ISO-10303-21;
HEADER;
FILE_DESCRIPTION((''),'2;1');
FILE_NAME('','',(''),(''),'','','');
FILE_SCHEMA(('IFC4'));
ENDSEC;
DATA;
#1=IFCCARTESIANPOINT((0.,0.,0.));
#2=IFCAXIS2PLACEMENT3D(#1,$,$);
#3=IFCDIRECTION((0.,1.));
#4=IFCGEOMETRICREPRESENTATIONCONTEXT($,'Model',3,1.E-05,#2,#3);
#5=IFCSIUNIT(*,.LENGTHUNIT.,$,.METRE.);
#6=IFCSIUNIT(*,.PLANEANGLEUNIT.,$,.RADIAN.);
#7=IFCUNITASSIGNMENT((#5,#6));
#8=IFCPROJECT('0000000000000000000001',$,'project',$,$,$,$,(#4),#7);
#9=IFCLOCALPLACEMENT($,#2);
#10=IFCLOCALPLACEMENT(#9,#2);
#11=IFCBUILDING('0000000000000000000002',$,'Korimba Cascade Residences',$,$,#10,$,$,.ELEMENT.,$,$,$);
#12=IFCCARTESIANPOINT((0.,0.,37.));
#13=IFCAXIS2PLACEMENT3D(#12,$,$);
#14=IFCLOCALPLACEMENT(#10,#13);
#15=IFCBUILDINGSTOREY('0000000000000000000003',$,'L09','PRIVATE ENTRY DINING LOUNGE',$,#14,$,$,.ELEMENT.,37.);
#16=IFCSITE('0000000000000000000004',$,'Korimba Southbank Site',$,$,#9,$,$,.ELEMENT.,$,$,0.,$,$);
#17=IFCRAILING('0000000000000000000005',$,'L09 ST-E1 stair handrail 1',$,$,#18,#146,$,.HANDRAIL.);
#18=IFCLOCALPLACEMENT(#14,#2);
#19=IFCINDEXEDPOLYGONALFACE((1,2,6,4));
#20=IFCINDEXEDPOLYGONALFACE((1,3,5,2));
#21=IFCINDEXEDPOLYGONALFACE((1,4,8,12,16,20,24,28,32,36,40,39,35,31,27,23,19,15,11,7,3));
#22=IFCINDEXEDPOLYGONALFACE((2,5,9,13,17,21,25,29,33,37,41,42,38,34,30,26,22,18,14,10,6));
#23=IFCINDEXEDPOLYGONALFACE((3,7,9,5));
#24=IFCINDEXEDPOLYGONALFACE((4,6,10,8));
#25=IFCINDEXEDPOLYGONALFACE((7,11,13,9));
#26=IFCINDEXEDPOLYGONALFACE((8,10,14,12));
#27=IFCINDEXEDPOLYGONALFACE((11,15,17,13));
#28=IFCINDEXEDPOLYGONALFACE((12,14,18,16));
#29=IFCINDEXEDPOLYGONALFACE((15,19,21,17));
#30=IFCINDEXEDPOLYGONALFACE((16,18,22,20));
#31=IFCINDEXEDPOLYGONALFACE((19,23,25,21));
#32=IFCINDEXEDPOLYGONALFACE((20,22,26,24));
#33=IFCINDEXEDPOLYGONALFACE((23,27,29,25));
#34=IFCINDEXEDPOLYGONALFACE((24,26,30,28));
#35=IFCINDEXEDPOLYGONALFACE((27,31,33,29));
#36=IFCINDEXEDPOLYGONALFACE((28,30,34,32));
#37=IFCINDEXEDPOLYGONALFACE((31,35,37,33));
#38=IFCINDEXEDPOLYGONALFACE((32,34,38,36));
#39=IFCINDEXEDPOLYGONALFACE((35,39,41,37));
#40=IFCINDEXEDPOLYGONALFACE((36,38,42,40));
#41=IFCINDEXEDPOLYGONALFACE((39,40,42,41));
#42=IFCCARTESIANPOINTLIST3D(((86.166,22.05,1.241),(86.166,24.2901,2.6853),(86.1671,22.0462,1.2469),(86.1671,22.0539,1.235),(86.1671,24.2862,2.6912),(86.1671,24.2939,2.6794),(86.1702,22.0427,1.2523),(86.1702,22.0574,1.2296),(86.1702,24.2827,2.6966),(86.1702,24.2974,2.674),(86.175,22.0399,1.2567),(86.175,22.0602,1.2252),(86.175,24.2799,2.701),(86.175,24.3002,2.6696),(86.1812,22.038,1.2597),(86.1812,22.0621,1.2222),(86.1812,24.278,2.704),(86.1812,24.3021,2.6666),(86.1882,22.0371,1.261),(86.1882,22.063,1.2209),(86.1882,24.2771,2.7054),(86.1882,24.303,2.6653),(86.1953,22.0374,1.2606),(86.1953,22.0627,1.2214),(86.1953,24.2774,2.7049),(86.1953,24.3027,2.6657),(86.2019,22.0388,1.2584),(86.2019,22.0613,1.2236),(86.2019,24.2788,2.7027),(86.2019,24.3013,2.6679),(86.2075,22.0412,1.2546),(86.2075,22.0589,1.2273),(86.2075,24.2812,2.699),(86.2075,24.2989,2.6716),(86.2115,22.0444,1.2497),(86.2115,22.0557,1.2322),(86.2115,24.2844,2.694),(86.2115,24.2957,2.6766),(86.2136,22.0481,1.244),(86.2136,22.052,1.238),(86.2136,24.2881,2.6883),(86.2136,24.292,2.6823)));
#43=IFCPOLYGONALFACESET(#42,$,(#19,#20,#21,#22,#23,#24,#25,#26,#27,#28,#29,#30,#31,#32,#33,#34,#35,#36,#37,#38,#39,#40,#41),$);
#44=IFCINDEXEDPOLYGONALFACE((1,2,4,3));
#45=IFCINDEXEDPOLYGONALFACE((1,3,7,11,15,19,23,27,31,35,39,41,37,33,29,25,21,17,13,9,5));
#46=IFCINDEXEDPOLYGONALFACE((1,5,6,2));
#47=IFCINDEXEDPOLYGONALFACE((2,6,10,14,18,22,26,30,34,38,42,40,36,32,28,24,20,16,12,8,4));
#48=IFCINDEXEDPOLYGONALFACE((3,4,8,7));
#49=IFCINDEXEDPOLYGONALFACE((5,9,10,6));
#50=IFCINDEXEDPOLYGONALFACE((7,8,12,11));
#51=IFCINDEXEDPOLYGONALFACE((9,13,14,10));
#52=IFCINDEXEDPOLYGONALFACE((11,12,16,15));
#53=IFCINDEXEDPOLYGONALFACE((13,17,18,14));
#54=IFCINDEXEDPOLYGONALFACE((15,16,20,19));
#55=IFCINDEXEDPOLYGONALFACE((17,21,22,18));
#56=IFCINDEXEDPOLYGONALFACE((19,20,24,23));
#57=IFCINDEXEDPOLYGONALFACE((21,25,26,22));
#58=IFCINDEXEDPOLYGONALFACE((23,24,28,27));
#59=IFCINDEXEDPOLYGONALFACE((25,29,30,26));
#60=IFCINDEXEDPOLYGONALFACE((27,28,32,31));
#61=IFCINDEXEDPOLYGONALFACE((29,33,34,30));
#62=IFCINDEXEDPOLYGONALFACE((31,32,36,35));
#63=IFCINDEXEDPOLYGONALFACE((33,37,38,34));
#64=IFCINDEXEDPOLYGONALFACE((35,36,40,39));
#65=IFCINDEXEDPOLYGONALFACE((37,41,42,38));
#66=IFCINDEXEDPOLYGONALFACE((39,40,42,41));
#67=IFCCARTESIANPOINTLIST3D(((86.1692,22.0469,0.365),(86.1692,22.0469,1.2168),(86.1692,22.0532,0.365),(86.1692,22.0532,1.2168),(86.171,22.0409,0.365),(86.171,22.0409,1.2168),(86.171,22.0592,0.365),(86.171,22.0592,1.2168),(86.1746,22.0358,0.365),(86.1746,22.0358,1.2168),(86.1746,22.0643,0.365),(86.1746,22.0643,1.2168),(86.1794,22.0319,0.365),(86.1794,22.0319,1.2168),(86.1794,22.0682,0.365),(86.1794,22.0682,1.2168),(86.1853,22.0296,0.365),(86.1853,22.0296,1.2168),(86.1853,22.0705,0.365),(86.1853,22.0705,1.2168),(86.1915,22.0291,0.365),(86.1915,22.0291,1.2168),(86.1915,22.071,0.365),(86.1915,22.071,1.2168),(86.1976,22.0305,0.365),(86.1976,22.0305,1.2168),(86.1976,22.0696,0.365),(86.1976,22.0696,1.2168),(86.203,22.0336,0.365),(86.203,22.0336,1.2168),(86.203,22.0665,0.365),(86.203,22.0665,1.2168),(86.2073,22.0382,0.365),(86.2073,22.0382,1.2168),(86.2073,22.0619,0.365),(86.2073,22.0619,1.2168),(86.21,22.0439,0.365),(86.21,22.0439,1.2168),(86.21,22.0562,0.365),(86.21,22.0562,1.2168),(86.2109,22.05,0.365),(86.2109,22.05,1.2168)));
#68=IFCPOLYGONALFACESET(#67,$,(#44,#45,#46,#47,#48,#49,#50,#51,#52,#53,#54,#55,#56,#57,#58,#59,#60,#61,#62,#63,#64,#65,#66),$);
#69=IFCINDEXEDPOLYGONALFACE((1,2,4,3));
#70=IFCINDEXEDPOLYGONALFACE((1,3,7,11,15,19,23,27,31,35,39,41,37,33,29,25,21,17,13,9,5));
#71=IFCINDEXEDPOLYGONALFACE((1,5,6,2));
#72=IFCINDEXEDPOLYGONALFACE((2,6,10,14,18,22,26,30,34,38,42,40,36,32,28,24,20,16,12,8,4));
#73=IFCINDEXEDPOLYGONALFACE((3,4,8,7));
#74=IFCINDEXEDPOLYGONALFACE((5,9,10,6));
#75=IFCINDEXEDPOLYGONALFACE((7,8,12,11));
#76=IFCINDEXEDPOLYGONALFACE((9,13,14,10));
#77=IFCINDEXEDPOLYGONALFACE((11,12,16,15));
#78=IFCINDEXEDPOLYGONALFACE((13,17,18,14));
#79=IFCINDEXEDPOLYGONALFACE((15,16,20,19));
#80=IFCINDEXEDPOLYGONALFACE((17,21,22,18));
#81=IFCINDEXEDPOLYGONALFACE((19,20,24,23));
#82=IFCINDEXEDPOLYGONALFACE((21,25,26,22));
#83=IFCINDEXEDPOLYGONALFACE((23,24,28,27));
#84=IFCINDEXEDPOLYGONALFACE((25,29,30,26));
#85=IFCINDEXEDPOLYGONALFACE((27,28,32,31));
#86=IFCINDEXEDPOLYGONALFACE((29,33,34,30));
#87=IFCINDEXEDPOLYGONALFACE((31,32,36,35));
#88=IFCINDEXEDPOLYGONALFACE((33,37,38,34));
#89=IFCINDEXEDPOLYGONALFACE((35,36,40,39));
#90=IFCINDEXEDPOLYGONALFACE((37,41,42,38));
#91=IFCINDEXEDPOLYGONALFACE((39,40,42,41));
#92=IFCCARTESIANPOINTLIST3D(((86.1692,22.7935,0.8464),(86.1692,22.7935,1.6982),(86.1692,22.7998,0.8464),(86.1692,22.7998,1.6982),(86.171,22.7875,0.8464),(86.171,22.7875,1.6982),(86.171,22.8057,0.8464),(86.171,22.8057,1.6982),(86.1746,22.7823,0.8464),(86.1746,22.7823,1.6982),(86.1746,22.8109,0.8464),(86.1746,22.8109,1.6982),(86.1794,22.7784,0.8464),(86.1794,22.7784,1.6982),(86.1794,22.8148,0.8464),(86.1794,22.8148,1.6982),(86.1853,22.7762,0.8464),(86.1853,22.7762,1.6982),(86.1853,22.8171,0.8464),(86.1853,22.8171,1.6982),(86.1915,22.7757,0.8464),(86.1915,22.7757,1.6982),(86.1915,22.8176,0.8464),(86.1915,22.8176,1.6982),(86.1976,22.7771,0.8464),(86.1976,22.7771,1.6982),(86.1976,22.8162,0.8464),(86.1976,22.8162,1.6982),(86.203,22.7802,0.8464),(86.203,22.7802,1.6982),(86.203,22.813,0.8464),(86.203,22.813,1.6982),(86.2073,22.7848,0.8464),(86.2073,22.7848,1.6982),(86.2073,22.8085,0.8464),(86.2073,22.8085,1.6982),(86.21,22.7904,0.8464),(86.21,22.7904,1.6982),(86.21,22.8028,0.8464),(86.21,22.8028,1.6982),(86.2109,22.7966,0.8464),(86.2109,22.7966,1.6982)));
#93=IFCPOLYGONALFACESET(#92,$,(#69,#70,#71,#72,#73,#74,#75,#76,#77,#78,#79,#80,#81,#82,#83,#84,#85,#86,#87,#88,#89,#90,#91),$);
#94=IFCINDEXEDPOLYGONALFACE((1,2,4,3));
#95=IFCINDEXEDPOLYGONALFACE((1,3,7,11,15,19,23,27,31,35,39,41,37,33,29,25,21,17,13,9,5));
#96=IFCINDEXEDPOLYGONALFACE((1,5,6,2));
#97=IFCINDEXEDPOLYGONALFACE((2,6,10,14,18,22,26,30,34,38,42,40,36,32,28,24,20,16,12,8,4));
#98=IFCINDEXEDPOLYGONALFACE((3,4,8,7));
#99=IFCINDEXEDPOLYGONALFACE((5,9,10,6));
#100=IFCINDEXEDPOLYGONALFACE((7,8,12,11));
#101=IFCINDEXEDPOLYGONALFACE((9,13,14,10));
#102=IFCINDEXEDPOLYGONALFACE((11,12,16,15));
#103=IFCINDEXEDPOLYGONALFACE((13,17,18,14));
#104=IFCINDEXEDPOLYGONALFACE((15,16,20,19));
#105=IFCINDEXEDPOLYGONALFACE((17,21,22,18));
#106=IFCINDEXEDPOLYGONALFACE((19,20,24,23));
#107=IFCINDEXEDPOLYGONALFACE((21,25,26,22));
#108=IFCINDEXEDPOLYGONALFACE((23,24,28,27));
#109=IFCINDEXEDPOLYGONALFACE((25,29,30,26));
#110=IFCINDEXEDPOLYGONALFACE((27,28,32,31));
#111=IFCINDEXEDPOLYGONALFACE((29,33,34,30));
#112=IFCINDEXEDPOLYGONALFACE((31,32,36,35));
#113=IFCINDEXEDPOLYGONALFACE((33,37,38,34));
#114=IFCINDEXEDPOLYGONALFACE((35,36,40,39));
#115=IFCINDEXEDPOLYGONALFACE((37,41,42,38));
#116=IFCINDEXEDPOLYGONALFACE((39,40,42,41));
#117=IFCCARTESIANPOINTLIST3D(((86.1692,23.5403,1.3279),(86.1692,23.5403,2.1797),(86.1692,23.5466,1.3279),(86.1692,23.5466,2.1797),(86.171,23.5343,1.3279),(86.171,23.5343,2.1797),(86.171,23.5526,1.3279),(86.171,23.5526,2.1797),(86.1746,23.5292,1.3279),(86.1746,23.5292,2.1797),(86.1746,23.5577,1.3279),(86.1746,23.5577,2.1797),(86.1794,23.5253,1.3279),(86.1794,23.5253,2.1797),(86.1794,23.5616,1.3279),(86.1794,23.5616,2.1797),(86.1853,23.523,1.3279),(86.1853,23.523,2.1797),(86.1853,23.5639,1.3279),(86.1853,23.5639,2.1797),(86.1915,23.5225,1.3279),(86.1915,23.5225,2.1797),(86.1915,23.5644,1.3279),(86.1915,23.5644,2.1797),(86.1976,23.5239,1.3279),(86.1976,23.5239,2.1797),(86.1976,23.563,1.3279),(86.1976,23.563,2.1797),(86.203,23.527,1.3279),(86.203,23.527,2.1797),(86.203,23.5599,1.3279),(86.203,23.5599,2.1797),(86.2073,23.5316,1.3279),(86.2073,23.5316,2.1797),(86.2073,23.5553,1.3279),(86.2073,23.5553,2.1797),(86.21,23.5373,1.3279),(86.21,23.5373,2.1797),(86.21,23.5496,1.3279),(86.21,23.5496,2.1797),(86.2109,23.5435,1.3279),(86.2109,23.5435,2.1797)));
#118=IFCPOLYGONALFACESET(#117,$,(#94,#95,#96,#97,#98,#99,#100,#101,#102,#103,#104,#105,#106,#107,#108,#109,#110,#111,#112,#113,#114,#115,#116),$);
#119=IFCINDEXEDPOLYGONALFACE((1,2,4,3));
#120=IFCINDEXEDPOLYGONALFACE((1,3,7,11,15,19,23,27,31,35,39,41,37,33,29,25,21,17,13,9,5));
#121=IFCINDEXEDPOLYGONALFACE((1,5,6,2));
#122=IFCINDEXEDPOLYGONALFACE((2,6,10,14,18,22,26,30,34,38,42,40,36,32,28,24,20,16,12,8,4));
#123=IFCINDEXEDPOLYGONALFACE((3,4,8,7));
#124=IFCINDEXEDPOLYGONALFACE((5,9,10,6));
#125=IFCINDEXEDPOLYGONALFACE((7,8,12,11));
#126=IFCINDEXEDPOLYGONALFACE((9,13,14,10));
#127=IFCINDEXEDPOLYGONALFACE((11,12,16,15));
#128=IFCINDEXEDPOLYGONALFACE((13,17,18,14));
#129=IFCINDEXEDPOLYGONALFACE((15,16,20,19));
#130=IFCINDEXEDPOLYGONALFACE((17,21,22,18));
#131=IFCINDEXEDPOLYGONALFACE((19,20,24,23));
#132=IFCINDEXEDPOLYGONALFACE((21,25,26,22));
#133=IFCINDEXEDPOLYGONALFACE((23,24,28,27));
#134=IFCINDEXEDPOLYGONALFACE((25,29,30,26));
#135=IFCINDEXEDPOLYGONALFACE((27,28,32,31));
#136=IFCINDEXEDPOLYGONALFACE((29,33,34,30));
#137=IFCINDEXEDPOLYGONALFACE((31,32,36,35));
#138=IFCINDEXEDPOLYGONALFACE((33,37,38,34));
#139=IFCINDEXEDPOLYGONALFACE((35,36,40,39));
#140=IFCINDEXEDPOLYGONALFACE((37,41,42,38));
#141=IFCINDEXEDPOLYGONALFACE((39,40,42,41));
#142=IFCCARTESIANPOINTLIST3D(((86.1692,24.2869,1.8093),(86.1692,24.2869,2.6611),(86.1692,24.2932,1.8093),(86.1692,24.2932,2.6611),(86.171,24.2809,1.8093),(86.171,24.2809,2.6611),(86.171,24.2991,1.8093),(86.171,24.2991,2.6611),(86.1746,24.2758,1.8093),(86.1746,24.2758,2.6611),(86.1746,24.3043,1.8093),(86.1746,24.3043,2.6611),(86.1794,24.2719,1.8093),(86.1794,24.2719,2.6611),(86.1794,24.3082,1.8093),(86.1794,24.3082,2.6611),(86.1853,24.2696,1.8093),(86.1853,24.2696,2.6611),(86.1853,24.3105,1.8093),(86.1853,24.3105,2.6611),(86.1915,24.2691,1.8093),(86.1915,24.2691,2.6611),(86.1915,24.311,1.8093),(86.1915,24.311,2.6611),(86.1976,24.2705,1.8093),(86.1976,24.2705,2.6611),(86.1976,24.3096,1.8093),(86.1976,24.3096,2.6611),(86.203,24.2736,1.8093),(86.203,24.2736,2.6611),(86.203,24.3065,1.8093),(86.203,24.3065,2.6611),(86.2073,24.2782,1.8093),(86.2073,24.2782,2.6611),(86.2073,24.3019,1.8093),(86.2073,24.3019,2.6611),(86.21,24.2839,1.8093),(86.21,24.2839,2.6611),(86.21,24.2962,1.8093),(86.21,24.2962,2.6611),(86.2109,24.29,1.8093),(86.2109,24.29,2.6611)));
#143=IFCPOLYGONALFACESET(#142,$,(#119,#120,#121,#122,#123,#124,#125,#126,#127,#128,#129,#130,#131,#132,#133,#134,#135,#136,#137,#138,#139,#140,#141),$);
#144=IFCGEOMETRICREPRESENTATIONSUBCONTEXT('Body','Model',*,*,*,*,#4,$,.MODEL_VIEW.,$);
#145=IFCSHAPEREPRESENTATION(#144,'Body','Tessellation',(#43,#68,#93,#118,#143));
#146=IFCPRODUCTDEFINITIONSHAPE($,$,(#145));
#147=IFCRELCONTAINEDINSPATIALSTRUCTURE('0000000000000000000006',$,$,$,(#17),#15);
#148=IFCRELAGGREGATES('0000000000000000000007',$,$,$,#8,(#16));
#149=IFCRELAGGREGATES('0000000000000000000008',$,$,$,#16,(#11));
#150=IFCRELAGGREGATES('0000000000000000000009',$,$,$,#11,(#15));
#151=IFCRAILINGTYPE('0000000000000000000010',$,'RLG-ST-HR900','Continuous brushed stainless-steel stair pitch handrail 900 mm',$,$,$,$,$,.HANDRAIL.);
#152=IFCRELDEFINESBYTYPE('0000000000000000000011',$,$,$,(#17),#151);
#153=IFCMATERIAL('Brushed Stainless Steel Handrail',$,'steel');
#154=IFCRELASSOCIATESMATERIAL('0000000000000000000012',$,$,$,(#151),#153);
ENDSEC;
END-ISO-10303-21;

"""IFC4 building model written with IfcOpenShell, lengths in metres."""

from ifc_helpers import new_model, si_unit, direction, frame, origin, origin_2d, place, context, subcontext, project, spatial, circle, extrude, material, type_object, element, save


model = new_model("IFC4")

# Units and contexts
model_context = context("Model", 3, precision=1e-05, world=origin(), true_north=direction((0.0, 1.0)))
body_context = subcontext(model_context, "Body", "Model", "MODEL_VIEW")
ifc_project = project(units=[si_unit("LENGTHUNIT", "METRE"), si_unit("PLANEANGLEUNIT", "RADIAN")], contexts=[model_context])

# Site, building, storey
site_placement = place(None, origin())
site = spatial("IfcSite", under=ifc_project, at=site_placement, Name="Korimba Southbank Site", CompositionType="ELEMENT", RefElevation=0.0)
building_placement = place(site_placement, origin())
building = spatial("IfcBuilding", under=site, at=building_placement, Name="Korimba Cascade Residences", CompositionType="ELEMENT")
storey_placement = place(building_placement, frame((0.0, 0.0, 37.0)))
storey = spatial("IfcBuildingStorey", under=building, at=storey_placement, Name="L09", Description="PRIVATE ENTRY DINING LOUNGE", CompositionType="ELEMENT", Elevation=37.0)

# Railing
ifc_material_1 = material(Name="Brushed Stainless Steel Handrail", Category="steel")
railing_type = type_object("IfcRailingType", Name="RLG-ST-HR900", Description="Continuous brushed stainless-steel stair pitch handrail 900 mm", PredefinedType="HANDRAIL", material=ifc_material_1)
railing_placement = place(storey_placement, frame((86.1899, 22.05, 0.365)))
element("IfcRailing", 1, at=railing_placement, inside=storey, type_object=railing_type, Name="L09 ST-E1 stair handrail 1", PredefinedType="HANDRAIL", context=body_context, shape_type="SweptSolid", body=[
    extrude(circle(Radius=0.0239, at=origin_2d()), frame((0.0, 0.0, 0.876), z_axis=(0.0, 0.840437, 0.54191), x_axis=(-1.0, 0.0, 0.0)), (0.0, 0.0, 1.0), 2.6653),
    extrude(circle(Radius=0.021, at=origin_2d()), origin(), (0.0, 0.0, 1.0), 0.8518),
    extrude(circle(Radius=0.021, at=origin_2d()), frame((0.0, 0.7466, 0.4814)), (0.0, 0.0, 1.0), 0.8518),
    extrude(circle(Radius=0.021, at=origin_2d()), frame((0.0, 1.4934, 0.9629)), (0.0, 0.0, 1.0), 0.8518),
    extrude(circle(Radius=0.021, at=origin_2d()), frame((0.0, 2.24, 1.4443)), (0.0, 0.0, 1.0), 0.8518),
])

save(model, "model.ifc")
